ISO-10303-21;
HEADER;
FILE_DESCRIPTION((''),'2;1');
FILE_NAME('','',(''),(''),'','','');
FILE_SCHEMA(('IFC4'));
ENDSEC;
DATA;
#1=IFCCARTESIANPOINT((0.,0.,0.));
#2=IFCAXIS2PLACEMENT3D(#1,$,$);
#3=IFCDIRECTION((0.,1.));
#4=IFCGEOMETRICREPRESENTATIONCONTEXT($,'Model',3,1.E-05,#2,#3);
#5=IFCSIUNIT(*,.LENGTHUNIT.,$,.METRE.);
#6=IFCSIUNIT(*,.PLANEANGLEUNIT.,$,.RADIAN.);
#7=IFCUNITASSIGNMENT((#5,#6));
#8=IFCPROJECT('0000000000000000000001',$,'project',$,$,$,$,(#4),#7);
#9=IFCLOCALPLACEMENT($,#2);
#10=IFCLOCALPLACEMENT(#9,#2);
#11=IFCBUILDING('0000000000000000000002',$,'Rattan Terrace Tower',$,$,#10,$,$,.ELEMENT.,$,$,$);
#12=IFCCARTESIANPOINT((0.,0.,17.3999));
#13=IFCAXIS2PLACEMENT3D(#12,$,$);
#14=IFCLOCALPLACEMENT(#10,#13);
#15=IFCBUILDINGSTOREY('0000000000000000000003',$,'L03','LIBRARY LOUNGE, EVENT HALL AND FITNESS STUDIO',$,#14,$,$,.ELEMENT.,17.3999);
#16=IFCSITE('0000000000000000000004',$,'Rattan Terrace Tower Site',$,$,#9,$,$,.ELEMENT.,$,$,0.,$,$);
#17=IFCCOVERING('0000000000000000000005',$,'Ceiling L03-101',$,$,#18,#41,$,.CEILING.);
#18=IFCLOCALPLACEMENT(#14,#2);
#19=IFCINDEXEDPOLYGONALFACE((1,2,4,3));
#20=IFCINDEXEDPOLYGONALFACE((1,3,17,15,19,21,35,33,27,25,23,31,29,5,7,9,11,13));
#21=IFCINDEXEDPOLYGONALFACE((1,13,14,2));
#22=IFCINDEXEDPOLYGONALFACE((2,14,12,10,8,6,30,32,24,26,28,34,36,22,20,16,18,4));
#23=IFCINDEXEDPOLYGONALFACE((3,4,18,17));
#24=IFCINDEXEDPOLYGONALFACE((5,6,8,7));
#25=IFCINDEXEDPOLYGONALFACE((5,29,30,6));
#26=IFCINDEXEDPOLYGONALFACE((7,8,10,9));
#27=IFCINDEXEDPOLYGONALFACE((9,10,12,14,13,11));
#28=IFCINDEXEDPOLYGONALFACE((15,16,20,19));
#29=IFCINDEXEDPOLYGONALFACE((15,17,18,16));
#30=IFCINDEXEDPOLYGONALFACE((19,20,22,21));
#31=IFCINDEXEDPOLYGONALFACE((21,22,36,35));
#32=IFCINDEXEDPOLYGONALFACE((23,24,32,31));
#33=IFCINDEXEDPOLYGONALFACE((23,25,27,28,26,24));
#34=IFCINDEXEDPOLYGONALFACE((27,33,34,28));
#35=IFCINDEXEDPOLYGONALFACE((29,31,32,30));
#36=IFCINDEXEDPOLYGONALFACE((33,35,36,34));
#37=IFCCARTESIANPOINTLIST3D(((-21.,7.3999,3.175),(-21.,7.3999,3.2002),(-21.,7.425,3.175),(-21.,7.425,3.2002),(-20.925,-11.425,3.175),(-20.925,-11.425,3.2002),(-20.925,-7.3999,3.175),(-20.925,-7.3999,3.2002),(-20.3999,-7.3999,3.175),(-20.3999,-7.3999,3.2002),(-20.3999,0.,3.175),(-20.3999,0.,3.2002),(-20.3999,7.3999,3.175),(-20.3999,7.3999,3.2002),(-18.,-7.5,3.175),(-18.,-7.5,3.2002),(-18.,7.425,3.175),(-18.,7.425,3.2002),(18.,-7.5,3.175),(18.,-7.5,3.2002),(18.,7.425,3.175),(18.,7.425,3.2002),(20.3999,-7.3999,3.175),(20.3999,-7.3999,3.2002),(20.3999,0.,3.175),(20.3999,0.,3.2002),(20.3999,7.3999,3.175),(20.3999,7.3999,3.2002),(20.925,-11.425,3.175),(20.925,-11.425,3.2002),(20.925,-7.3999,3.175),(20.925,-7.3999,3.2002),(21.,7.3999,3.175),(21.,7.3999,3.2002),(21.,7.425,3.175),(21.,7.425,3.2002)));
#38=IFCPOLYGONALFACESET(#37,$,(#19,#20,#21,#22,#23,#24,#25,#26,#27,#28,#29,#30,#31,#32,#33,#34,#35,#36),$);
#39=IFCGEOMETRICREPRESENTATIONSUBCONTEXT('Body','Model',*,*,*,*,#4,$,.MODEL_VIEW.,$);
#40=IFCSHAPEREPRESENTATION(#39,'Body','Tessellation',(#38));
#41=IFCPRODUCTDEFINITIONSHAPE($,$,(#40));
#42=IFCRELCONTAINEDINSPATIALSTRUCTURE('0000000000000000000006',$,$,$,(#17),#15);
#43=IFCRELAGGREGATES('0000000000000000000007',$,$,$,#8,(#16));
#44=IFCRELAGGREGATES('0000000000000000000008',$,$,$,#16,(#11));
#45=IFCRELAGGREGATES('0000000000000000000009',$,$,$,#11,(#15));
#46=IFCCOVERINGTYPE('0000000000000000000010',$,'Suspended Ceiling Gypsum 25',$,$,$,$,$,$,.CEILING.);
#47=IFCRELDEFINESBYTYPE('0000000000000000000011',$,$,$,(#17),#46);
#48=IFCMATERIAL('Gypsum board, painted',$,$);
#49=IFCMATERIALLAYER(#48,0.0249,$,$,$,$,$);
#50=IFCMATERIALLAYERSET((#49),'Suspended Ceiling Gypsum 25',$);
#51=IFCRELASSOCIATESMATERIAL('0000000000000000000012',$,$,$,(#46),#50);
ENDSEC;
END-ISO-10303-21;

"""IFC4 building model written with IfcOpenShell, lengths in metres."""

from ifc_helpers import new_model, si_unit, direction, frame, origin, place, context, subcontext, project, spatial, polyline, outline, extrude, material, layer, layer_set, type_object, element, save


model = new_model("IFC4")

# Units and contexts
model_context = context("Model", 3, precision=1e-05, world=origin(), true_north=direction((0.0, 1.0)))
body_context = subcontext(model_context, "Body", "Model", "MODEL_VIEW")
ifc_project = project(units=[si_unit("LENGTHUNIT", "METRE"), si_unit("PLANEANGLEUNIT", "RADIAN")], contexts=[model_context])

# Site, building, storey
site_placement = place(None, origin())
site = spatial("IfcSite", under=ifc_project, at=site_placement, Name="Rattan Terrace Tower Site", CompositionType="ELEMENT", RefElevation=0.0)
building_placement = place(site_placement, origin())
building = spatial("IfcBuilding", under=site, at=building_placement, Name="Rattan Terrace Tower", CompositionType="ELEMENT")
storey_placement = place(building_placement, frame((0.0, 0.0, 17.3999)))
storey = spatial("IfcBuildingStorey", under=building, at=storey_placement, Name="L03", Description="LIBRARY LOUNGE, EVENT HALL AND FITNESS STUDIO", CompositionType="ELEMENT", Elevation=17.3999)

# Covering
ifc_material_1 = material(Name="Gypsum board, painted")
ifc_layer_1 = layer(ifc_material_1, 0.0249)
ifc_layer_set_1 = layer_set([ifc_layer_1], Name="Suspended Ceiling Gypsum 25")
covering_type_1 = type_object("IfcCoveringType", Name="Suspended Ceiling Gypsum 25", PredefinedType="CEILING", material=ifc_layer_set_1)
covering_1_placement = place(storey_placement, frame((0.0, 0.0, 3.175)))
element("IfcCovering", 1, at=covering_1_placement, inside=storey, type_object=covering_type_1, Name="Ceiling L03-101", PredefinedType="CEILING", context=body_context, shape_type="SweptSolid", body=[
    extrude(outline(polyline([(-20.3999, 7.3999), (-20.3999, 0.0), (-20.3999, -7.3999), (-20.925, -7.3999), (-20.925, -11.425), (20.925, -11.425), (20.925, -7.3999), (20.3999, -7.3999), (20.3999, 0.0), (20.3999, 7.3999), (21.0, 7.3999), (21.0, 7.425), (18.0, 7.425), (18.0, -7.5), (-18.0, -7.5), (-18.0, 7.425), (-21.0, 7.425), (-21.0, 7.3999), (-20.3999, 7.3999)])), origin(), (0.0, 0.0, 1.0), 0.0251),
])

save(model, "model.ifc")
